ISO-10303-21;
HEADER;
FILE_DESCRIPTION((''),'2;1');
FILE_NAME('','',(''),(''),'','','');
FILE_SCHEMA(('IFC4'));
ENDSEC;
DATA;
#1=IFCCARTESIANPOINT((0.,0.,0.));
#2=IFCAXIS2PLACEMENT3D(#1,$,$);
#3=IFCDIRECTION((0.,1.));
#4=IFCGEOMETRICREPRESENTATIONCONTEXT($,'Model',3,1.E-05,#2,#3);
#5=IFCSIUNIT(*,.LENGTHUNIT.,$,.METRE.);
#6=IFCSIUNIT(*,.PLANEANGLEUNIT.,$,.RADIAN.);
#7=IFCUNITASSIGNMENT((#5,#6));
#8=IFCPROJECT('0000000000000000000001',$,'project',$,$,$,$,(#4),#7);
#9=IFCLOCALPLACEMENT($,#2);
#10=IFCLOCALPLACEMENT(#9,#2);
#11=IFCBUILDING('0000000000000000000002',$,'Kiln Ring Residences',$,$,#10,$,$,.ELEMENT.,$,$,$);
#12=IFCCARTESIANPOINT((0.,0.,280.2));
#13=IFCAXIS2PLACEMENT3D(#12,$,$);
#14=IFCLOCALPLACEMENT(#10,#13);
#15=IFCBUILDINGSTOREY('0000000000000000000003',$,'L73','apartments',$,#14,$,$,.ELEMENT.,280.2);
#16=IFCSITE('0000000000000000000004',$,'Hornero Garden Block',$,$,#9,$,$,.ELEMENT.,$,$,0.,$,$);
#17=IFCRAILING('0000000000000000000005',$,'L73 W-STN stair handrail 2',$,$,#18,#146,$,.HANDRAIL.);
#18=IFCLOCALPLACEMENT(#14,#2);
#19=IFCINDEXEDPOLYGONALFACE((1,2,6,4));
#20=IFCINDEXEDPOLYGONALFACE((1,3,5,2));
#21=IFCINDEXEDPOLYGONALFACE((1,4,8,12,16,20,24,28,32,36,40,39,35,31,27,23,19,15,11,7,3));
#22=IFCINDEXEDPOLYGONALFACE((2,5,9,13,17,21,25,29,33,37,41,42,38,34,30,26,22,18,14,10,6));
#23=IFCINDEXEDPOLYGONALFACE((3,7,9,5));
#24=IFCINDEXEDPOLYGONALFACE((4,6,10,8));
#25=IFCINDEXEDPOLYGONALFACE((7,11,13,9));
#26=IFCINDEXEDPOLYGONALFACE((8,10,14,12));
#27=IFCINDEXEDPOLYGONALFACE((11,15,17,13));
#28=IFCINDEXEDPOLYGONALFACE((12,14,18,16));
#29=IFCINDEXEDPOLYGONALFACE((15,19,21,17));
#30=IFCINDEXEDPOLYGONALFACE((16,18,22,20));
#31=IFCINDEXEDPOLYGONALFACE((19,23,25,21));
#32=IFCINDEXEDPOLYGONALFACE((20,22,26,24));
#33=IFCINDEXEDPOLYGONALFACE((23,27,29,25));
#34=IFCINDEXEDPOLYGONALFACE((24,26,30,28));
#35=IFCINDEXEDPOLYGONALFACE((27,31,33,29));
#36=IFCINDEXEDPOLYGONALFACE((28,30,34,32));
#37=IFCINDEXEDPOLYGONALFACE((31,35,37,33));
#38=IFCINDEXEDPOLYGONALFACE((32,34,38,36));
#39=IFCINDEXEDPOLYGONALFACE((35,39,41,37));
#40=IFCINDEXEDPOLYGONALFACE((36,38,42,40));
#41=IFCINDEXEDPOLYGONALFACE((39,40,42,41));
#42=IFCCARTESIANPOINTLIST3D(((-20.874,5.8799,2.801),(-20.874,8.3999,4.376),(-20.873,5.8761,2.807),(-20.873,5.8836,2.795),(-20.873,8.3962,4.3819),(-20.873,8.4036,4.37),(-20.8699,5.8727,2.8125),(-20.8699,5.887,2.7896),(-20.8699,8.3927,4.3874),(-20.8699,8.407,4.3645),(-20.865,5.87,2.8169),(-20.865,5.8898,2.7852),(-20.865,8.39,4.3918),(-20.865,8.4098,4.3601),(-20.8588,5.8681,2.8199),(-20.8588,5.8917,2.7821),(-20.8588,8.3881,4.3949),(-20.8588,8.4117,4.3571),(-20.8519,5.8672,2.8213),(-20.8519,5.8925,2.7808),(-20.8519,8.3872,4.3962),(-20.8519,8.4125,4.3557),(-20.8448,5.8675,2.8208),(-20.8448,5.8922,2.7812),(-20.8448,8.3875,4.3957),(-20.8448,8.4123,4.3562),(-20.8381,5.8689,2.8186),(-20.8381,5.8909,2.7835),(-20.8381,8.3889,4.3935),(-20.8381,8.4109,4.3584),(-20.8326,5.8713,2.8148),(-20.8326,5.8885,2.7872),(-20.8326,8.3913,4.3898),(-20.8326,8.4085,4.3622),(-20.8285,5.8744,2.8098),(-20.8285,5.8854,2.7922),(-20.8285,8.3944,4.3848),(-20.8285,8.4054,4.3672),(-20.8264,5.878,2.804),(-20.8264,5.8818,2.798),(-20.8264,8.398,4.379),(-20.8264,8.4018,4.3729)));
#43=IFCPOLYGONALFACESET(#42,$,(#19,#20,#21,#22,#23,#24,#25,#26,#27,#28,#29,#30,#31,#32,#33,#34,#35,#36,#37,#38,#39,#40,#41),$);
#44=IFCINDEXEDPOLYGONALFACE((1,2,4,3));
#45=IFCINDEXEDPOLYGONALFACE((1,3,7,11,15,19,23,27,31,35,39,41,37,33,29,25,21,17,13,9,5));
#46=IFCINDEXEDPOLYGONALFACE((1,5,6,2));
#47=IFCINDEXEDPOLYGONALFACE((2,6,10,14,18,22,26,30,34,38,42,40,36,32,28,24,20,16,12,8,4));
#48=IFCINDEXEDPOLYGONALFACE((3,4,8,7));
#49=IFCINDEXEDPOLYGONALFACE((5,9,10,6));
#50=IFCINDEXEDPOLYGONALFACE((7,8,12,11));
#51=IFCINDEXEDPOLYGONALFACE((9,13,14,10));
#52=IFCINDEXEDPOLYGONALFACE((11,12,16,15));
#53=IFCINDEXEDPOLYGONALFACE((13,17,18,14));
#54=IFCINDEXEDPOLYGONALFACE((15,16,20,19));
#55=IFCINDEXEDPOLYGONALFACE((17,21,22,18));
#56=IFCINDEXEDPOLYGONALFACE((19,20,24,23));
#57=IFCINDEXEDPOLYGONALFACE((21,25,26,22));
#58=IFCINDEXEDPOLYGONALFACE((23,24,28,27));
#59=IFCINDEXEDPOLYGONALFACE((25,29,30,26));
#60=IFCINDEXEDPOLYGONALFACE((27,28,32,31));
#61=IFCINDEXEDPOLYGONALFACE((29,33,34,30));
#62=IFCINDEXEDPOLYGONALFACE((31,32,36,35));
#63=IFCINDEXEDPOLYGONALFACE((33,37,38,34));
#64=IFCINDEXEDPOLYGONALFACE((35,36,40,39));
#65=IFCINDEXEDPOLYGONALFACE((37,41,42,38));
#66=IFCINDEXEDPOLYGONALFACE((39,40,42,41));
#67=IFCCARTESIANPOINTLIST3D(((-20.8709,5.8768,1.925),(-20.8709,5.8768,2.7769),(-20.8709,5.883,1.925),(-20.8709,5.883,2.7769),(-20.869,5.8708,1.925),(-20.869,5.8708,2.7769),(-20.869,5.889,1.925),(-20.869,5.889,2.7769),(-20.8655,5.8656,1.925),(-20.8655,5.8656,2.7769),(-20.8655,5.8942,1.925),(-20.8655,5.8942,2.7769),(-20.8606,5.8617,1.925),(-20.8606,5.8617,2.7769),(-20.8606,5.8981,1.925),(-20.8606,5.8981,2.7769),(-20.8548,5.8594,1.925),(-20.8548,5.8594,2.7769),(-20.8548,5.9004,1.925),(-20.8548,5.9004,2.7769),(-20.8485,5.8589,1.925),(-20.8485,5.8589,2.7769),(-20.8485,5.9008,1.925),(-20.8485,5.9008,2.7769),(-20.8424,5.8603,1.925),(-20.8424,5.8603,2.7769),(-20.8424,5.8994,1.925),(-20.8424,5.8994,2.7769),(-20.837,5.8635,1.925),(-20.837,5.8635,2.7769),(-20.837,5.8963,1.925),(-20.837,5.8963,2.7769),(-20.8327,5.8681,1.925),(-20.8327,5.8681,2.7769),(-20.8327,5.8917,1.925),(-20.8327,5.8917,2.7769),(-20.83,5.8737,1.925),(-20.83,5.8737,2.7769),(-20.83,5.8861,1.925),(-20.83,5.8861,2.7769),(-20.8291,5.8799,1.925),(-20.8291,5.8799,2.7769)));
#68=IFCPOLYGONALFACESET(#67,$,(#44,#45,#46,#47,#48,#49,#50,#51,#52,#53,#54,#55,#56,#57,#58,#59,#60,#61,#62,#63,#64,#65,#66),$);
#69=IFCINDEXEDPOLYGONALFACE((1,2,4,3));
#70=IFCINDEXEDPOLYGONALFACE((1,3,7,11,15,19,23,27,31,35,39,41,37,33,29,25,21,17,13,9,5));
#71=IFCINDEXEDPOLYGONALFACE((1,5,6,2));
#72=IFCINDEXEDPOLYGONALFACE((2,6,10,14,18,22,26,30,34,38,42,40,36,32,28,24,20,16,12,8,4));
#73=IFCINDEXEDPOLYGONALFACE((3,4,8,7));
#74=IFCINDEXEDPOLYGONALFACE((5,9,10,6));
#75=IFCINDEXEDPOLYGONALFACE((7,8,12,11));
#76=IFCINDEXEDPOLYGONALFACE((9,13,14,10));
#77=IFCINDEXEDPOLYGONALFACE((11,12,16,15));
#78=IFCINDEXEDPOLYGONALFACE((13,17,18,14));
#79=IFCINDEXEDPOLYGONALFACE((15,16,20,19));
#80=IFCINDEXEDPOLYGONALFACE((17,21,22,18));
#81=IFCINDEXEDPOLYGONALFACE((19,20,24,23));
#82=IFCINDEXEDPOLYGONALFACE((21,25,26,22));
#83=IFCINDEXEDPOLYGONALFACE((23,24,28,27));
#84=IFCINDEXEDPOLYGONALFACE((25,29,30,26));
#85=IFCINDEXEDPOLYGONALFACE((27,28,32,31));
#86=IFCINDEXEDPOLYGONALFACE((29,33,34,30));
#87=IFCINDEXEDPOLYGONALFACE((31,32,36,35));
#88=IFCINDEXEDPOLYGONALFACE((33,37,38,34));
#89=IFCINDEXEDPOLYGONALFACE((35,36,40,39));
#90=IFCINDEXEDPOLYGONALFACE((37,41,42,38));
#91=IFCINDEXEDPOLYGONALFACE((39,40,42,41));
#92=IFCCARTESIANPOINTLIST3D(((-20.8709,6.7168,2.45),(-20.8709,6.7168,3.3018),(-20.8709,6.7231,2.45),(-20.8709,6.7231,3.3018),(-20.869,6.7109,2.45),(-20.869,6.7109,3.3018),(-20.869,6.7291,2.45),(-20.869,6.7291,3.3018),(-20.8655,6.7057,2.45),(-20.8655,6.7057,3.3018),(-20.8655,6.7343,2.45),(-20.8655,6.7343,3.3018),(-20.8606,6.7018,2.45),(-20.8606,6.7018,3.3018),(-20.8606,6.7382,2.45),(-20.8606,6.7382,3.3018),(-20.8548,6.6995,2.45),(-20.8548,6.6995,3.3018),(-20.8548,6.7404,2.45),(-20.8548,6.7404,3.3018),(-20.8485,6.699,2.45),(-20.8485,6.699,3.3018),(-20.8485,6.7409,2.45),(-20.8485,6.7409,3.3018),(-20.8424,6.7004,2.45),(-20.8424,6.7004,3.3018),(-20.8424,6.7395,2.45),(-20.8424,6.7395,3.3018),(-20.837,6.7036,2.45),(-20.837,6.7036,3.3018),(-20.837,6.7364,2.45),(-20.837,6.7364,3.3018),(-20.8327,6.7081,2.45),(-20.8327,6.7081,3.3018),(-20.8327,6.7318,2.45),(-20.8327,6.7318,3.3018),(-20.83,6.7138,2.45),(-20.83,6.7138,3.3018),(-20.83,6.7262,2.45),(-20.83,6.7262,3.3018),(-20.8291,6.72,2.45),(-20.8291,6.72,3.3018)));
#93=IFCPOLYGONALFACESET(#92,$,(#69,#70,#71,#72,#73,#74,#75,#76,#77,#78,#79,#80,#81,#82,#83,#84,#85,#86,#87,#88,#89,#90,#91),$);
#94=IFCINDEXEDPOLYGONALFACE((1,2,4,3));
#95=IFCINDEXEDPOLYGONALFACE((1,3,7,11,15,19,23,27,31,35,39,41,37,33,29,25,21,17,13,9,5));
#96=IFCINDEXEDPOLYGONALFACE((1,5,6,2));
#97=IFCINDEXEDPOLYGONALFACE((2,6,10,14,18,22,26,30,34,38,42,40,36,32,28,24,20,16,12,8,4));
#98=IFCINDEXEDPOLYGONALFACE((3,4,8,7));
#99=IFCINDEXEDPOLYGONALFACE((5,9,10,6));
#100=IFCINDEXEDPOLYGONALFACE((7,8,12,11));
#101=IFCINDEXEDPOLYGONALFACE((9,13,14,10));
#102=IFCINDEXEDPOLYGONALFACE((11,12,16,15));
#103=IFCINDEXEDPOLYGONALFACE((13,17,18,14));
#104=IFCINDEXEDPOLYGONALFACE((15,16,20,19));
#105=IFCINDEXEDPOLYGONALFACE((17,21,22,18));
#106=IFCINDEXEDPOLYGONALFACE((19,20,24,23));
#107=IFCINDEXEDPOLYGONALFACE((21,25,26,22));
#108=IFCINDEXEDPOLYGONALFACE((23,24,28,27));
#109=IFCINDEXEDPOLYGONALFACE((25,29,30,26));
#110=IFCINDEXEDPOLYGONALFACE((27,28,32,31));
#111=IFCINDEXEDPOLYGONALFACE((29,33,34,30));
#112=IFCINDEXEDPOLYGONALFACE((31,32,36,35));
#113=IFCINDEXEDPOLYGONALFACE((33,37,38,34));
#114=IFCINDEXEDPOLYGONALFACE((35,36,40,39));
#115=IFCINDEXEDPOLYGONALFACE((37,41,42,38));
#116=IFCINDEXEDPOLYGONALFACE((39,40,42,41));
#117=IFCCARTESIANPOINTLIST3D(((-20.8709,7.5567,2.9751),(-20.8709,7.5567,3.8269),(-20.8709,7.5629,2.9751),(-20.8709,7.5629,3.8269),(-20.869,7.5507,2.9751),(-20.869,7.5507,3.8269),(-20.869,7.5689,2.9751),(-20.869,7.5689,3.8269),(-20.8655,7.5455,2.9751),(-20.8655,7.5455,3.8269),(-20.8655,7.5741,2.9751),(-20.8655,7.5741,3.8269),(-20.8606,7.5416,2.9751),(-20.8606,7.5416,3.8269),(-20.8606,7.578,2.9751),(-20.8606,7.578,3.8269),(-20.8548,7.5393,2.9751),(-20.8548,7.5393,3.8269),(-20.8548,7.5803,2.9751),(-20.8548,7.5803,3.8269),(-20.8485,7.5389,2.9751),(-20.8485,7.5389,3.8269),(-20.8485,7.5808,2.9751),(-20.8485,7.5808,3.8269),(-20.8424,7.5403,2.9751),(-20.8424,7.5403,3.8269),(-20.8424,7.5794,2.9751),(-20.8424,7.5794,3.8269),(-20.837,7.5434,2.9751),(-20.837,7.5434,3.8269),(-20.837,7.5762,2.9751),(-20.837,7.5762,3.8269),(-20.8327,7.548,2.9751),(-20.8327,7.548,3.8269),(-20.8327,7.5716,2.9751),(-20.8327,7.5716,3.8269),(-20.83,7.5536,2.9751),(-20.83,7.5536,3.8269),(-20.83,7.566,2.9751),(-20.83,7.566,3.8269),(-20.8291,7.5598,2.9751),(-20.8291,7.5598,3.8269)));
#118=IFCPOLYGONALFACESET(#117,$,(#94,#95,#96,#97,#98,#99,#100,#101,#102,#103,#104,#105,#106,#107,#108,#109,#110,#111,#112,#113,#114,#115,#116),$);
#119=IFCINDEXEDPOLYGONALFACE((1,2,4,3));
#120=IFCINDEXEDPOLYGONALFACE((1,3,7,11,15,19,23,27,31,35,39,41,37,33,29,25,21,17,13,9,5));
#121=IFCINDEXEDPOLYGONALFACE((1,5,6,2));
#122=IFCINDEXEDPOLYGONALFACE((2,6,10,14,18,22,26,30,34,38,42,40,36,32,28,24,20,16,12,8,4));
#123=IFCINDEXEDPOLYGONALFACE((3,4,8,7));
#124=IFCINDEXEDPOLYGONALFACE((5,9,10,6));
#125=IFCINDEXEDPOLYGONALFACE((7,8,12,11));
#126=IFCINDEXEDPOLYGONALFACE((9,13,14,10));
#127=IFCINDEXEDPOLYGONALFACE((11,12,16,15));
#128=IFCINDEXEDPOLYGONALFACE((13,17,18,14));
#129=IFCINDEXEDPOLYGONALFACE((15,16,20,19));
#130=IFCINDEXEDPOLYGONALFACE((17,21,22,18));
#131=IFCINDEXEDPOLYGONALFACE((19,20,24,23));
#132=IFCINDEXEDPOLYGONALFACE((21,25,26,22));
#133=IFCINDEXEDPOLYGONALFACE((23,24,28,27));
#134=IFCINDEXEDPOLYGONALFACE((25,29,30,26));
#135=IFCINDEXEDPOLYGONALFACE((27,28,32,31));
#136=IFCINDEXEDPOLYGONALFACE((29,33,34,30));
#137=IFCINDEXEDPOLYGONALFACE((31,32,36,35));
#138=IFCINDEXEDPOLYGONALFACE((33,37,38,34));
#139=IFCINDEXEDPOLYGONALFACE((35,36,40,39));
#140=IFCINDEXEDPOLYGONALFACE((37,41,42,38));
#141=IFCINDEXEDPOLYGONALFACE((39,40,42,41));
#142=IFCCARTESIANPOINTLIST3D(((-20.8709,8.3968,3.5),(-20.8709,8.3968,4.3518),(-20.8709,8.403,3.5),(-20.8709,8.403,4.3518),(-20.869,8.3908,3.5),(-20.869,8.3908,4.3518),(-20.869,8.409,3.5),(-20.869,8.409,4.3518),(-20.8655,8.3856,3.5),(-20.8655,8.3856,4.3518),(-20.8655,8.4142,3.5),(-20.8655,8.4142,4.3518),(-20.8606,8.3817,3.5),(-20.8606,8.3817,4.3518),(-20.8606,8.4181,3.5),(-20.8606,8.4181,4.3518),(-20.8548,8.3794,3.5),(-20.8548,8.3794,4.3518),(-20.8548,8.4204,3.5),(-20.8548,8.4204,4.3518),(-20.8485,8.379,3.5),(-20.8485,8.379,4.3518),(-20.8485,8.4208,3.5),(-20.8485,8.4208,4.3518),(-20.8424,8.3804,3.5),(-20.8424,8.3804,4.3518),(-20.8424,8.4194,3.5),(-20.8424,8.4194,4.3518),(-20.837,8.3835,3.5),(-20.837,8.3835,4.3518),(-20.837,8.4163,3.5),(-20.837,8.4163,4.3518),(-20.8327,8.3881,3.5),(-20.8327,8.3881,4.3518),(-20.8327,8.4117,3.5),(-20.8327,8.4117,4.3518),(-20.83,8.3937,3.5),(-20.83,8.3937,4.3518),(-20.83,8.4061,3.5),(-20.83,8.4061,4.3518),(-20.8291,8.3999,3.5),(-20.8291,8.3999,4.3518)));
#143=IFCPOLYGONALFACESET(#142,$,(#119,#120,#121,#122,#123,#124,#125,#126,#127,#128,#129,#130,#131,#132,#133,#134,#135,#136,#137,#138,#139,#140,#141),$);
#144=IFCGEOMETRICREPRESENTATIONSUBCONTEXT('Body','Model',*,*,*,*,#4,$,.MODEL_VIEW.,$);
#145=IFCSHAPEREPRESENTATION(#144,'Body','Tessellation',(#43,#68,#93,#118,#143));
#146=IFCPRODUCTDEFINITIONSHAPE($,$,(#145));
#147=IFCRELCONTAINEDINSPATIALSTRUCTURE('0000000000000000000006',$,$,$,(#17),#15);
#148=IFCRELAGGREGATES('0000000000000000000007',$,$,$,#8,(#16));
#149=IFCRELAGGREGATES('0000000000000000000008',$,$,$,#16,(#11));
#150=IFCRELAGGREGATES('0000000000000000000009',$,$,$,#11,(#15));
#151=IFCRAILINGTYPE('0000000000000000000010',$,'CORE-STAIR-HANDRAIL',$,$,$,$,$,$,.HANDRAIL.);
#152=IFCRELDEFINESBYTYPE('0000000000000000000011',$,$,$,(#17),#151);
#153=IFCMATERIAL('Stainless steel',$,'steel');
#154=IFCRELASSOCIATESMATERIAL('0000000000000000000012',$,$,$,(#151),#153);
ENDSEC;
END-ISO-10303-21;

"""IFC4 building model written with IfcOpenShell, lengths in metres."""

from ifc_helpers import new_model, si_unit, direction, frame, origin, origin_2d, place, context, subcontext, project, spatial, circle, extrude, material, type_object, element, save


model = new_model("IFC4")

# Units and contexts
model_context = context("Model", 3, precision=1e-05, world=origin(), true_north=direction((0.0, 1.0)))
body_context = subcontext(model_context, "Body", "Model", "MODEL_VIEW")
ifc_project = project(units=[si_unit("LENGTHUNIT", "METRE"), si_unit("PLANEANGLEUNIT", "RADIAN")], contexts=[model_context])

# Site, building, storey
site_placement = place(None, origin())
site = spatial("IfcSite", under=ifc_project, at=site_placement, Name="Hornero Garden Block", CompositionType="ELEMENT", RefElevation=0.0)
building_placement = place(site_placement, origin())
building = spatial("IfcBuilding", under=site, at=building_placement, Name="Kiln Ring Residences", CompositionType="ELEMENT")
storey_placement = place(building_placement, frame((0.0, 0.0, 280.2)))
storey = spatial("IfcBuildingStorey", under=building, at=storey_placement, Name="L73", Description="apartments", CompositionType="ELEMENT", Elevation=280.2)

# Railing
ifc_material_1 = material(Name="Stainless steel", Category="steel")
railing_type_1 = type_object("IfcRailingType", Name="CORE-STAIR-HANDRAIL", PredefinedType="HANDRAIL", material=ifc_material_1)
railing_1_placement = place(storey_placement, frame((-20.8501, 5.8799, 1.925)))
element("IfcRailing", 1, at=railing_1_placement, inside=storey, type_object=railing_type_1, Name="L73 W-STN stair handrail 2", PredefinedType="HANDRAIL", context=body_context, shape_type="SweptSolid", body=[
    extrude(circle(Radius=0.0239, at=origin_2d()), frame((0.0, 0.0, 0.876), z_axis=(0.0, 0.848008, 0.529984), x_axis=(-1.0, 0.0, 0.0)), (0.0, 0.0, 1.0), 2.9717),
    extrude(circle(Radius=0.021, at=origin_2d()), origin(), (0.0, 0.0, 1.0), 0.8518),
    extrude(circle(Radius=0.021, at=origin_2d()), frame((0.0, 0.8401, 0.5249)), (0.0, 0.0, 1.0), 0.8518),
    extrude(circle(Radius=0.021, at=origin_2d()), frame((0.0, 1.6799, 1.05)), (0.0, 0.0, 1.0), 0.8518),
    extrude(circle(Radius=0.021, at=origin_2d()), frame((0.0, 2.52, 1.575)), (0.0, 0.0, 1.0), 0.8518),
])

save(model, "model.ifc")
